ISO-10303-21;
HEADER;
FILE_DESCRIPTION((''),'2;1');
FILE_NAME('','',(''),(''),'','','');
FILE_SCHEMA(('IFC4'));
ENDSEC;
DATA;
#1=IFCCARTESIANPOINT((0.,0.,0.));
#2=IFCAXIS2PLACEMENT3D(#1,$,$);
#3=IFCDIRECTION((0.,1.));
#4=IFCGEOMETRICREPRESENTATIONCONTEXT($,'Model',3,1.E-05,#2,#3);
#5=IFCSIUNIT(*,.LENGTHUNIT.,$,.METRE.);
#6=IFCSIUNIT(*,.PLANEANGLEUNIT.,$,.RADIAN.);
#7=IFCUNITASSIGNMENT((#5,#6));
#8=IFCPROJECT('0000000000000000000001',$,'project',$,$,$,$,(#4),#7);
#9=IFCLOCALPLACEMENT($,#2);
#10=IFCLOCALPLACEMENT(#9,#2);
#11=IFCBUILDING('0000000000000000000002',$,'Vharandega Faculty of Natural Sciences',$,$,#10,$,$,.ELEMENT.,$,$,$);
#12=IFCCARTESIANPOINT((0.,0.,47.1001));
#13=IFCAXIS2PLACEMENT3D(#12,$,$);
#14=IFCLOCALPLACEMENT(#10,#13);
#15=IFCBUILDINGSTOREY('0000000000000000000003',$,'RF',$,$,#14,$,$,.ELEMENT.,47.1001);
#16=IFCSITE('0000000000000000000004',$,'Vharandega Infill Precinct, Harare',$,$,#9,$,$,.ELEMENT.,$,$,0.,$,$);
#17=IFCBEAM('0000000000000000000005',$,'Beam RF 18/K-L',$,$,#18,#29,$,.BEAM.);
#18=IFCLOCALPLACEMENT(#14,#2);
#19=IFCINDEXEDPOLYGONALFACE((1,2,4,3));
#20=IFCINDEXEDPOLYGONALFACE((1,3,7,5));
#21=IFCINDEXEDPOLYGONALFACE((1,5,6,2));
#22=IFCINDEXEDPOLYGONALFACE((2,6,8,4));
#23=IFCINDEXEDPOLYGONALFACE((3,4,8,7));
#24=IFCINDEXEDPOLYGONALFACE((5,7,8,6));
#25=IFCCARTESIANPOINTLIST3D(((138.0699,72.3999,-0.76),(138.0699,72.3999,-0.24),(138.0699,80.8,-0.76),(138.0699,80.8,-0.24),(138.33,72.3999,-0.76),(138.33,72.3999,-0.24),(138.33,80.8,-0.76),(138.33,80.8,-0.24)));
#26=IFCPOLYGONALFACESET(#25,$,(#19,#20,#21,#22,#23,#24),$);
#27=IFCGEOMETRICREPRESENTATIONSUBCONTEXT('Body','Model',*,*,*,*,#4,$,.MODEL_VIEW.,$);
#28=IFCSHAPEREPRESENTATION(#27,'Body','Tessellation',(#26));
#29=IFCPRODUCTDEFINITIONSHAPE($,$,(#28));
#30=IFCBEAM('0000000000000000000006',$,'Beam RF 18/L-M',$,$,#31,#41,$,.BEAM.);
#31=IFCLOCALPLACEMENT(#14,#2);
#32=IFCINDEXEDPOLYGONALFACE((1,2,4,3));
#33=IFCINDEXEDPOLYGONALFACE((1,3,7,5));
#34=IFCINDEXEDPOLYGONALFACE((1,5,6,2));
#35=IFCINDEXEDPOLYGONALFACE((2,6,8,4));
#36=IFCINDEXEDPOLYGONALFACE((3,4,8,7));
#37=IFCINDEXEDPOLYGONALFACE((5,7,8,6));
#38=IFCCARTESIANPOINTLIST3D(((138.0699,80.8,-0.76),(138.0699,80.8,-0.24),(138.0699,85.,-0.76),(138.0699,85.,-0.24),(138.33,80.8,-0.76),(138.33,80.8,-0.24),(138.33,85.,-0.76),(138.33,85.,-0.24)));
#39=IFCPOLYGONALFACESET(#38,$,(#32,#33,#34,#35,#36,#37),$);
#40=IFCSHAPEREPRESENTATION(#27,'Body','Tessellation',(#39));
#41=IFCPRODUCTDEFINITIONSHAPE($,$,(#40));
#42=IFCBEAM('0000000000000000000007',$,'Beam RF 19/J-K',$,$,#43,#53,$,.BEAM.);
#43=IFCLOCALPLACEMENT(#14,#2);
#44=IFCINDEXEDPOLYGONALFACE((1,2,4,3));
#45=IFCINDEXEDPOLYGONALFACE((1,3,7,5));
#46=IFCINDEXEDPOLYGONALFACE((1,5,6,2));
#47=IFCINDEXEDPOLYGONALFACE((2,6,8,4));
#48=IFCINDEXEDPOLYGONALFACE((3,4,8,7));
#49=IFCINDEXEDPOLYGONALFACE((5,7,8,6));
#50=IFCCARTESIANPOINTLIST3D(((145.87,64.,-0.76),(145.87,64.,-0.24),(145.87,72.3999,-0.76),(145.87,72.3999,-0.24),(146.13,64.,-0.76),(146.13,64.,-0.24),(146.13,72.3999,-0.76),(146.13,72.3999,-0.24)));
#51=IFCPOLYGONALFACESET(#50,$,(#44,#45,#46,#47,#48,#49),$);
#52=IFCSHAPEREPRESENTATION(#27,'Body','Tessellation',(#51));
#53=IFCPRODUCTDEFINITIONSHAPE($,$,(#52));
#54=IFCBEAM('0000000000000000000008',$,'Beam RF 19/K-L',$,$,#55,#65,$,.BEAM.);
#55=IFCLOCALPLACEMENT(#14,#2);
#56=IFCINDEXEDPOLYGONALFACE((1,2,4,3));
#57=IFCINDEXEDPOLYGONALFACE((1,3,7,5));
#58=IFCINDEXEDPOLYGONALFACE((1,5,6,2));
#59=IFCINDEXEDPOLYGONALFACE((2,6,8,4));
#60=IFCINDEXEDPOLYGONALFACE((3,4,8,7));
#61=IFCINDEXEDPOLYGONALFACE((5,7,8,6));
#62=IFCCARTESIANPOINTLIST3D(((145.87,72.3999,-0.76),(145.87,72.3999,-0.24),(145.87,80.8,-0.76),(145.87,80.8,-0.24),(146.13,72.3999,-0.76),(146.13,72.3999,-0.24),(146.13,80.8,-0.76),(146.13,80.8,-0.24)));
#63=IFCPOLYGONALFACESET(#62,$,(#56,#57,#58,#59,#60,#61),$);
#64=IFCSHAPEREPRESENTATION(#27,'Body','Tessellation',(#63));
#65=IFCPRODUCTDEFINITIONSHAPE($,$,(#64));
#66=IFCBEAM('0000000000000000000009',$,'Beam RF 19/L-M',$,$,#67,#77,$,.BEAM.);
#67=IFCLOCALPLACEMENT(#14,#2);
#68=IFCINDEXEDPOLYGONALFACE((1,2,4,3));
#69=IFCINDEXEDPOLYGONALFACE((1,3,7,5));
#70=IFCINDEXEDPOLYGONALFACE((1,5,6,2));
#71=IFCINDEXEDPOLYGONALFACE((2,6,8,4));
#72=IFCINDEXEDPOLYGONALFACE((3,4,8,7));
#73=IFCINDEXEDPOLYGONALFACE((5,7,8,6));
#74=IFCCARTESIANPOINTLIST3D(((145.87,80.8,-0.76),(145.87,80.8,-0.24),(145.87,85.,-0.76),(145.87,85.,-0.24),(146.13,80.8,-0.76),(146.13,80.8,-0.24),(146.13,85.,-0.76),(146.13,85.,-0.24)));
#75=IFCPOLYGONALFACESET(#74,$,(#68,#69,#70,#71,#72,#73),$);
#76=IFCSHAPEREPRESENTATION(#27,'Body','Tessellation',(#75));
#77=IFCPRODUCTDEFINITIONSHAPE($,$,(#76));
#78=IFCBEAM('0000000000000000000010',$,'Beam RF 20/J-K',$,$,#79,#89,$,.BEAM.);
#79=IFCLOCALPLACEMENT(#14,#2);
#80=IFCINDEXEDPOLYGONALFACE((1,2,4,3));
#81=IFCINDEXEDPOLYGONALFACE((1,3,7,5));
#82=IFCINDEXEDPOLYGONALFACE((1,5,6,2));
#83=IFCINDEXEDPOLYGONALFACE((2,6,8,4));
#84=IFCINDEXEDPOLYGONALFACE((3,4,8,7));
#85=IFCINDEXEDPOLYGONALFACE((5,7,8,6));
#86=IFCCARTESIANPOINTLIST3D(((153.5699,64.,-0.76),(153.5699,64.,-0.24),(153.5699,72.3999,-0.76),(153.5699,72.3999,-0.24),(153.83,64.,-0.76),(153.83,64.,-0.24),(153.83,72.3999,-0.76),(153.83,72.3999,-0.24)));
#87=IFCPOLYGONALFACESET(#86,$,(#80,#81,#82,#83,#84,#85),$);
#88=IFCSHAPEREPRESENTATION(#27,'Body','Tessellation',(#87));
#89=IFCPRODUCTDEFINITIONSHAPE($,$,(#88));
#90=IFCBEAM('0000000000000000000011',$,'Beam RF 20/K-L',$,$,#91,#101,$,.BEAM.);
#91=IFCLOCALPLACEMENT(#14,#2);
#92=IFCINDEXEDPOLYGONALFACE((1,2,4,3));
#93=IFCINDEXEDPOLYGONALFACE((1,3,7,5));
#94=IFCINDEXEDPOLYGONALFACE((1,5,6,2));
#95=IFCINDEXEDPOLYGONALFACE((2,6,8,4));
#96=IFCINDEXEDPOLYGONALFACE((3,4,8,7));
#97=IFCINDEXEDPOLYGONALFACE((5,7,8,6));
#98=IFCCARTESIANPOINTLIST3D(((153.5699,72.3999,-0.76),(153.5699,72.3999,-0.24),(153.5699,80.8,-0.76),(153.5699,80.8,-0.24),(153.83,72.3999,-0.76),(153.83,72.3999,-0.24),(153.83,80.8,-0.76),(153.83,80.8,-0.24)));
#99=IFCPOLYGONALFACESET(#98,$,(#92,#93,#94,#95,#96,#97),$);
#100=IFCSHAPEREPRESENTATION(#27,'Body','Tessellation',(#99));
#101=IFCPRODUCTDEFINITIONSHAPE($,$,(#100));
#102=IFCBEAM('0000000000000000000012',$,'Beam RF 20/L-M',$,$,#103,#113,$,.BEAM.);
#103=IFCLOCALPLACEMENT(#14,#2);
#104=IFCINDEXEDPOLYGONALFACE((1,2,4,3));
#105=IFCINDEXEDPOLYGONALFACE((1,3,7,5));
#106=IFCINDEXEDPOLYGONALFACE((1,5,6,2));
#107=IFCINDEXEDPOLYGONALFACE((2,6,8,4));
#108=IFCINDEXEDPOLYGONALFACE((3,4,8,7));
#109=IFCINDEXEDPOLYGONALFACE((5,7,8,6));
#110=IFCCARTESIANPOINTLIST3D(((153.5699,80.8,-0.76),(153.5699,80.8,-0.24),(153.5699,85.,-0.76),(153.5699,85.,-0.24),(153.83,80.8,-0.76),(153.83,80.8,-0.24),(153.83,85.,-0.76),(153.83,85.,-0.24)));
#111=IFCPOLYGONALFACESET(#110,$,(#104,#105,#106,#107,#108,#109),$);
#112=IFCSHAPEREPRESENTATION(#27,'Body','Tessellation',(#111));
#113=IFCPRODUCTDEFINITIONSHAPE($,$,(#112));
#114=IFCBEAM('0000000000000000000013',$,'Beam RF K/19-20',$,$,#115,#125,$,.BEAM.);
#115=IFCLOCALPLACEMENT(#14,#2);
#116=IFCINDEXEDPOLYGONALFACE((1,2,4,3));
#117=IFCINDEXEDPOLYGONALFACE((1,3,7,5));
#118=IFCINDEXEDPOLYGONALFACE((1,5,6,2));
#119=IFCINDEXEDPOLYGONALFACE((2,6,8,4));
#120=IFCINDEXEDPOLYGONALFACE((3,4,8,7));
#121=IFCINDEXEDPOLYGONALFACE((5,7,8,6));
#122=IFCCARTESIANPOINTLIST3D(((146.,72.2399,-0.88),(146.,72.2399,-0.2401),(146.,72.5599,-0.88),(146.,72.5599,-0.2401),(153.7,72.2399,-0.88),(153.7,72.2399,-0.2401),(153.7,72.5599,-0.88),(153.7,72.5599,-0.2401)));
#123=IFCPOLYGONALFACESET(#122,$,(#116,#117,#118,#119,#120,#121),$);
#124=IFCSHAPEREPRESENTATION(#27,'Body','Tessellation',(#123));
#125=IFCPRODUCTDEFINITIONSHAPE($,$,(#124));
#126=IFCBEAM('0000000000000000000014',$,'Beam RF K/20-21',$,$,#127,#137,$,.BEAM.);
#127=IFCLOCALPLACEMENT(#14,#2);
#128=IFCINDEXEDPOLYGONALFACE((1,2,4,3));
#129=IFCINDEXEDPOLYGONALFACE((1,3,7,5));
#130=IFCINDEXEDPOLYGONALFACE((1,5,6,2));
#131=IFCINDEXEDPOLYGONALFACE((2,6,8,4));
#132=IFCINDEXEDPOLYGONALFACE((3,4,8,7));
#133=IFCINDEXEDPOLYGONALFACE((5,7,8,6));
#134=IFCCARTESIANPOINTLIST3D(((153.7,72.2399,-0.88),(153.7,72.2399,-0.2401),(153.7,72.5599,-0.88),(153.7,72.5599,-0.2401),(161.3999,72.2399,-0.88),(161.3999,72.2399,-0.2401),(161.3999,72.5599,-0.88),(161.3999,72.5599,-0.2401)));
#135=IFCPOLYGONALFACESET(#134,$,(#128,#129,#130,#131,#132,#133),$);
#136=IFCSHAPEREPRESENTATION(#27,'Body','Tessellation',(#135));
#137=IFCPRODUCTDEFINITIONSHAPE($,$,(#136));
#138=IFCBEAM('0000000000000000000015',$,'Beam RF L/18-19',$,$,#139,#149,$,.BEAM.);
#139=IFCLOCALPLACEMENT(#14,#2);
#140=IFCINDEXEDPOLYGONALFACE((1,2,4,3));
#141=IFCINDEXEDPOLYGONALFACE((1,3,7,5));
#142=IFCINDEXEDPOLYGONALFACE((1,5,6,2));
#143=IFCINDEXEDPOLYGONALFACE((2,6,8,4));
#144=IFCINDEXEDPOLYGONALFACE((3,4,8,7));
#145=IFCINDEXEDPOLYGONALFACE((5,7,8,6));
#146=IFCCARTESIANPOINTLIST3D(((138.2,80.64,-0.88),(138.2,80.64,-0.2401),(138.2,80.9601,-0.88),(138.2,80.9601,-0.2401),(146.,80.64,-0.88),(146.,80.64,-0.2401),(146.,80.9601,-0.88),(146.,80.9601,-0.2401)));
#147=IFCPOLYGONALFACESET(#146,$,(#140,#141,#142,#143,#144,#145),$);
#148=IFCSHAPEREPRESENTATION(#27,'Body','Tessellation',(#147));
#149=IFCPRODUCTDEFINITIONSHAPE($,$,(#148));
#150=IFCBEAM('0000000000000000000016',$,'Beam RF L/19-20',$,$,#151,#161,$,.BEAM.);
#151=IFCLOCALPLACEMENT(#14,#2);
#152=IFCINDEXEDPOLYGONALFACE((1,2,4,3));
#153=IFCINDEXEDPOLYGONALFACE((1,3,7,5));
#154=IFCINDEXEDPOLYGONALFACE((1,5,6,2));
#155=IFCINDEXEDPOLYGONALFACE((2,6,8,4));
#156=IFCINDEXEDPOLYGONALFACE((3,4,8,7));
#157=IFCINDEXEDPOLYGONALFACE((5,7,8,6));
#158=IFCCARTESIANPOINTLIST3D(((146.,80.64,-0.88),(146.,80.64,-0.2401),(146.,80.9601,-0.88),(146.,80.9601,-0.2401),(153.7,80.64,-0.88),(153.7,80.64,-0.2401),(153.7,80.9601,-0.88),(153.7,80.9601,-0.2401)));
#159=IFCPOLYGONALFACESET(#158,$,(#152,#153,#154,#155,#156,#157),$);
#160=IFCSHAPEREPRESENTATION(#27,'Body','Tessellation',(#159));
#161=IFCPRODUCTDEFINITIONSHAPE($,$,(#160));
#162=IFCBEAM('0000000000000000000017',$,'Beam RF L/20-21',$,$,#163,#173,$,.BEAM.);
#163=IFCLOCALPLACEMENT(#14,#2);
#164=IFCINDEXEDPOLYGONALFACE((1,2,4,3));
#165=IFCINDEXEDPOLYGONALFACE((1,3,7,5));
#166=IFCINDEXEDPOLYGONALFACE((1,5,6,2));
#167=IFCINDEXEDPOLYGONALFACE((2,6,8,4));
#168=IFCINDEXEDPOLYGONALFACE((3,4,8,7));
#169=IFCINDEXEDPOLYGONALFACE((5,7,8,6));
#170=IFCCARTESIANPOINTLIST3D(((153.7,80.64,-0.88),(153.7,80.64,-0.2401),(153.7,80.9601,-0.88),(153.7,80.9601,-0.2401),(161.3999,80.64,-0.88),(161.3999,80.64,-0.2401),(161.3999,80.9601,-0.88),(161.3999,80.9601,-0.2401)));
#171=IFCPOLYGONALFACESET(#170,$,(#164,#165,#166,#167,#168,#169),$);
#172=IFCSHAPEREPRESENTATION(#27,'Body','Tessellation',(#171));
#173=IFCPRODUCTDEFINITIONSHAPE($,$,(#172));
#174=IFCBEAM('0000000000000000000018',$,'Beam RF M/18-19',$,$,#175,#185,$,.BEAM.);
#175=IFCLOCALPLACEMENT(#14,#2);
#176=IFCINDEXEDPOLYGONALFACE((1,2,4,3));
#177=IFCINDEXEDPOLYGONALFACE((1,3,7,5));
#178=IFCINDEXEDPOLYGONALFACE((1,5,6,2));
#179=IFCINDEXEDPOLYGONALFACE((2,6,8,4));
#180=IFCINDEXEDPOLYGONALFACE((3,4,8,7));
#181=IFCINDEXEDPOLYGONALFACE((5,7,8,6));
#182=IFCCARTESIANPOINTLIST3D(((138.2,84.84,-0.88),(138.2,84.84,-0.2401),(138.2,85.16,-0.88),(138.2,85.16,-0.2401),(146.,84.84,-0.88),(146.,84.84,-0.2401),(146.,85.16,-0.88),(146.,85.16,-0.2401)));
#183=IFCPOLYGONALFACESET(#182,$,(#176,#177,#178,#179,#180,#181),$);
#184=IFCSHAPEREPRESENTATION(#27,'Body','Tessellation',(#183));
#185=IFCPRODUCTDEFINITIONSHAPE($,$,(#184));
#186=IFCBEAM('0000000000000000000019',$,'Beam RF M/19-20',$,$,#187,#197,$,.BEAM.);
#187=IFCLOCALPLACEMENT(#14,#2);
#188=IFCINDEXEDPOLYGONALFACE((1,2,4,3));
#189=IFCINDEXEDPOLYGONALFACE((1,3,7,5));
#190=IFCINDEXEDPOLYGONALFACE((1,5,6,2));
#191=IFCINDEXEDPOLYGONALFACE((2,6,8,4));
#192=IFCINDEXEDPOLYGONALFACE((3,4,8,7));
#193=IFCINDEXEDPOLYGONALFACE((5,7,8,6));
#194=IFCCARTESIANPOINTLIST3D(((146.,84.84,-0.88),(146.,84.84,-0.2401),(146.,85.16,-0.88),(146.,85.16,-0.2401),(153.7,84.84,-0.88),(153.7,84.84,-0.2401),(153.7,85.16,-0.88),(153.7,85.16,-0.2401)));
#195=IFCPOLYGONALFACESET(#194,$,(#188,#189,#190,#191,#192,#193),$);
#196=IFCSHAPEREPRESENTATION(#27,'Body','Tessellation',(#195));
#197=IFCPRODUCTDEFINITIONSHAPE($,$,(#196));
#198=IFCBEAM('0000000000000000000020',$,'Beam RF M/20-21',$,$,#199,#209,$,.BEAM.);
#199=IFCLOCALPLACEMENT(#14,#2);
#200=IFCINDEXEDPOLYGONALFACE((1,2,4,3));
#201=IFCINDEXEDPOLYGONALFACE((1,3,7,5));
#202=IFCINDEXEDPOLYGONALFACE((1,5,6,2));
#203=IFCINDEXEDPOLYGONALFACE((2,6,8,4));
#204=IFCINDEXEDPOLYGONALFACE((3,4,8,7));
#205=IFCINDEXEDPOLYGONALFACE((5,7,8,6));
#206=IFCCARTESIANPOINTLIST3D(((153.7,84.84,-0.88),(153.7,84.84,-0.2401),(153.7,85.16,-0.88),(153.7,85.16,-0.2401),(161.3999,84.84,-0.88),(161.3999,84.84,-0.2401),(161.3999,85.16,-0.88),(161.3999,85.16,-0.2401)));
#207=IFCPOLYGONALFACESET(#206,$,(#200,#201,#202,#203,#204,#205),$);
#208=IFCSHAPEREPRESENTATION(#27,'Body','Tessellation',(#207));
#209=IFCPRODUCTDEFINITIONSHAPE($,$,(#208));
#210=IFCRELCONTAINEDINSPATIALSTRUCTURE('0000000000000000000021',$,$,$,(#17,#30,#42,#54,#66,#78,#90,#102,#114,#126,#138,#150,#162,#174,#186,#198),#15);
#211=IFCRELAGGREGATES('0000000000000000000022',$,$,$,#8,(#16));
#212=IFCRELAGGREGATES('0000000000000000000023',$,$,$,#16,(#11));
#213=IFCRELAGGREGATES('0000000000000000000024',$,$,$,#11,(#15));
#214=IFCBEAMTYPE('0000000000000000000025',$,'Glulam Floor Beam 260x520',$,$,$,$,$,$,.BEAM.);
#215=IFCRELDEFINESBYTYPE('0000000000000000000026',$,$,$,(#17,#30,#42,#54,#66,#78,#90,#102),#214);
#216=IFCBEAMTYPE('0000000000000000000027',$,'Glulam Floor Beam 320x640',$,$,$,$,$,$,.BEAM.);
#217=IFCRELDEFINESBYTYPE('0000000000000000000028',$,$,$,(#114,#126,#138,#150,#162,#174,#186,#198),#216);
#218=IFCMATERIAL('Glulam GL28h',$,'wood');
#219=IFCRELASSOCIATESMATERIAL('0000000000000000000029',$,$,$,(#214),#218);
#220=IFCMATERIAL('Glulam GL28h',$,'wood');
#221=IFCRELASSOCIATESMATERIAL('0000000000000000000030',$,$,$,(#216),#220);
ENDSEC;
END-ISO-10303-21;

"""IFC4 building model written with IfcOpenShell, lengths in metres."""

from ifc_helpers import new_model, si_unit, direction, frame, origin, origin_2d, place, context, subcontext, project, spatial, rectangle, extrude, material, material_profile, profile_set, type_object, element, save


model = new_model("IFC4")

# Units and contexts
model_context = context("Model", 3, precision=1e-05, world=origin(), true_north=direction((0.0, 1.0)))
body_context = subcontext(model_context, "Body", "Model", "MODEL_VIEW")
ifc_project = project(units=[si_unit("LENGTHUNIT", "METRE"), si_unit("PLANEANGLEUNIT", "RADIAN")], contexts=[model_context])

# Site, building, storey
site_placement = place(None, origin())
site = spatial("IfcSite", under=ifc_project, at=site_placement, Name="Vharandega Infill Precinct, Harare", CompositionType="ELEMENT", RefElevation=0.0)
building_placement = place(site_placement, origin())
building = spatial("IfcBuilding", under=site, at=building_placement, Name="Vharandega Faculty of Natural Sciences", CompositionType="ELEMENT")
storey_placement = place(building_placement, frame((0.0, 0.0, 47.1001)))
storey = spatial("IfcBuildingStorey", under=building, at=storey_placement, Name="RF", CompositionType="ELEMENT", Elevation=47.1001)

# Beams
ifc_material_1 = material(Name="Glulam GL28h", Category="wood")
ifc_material_profile_1 = material_profile(ifc_material_1, rectangle(XDim=0.26, YDim=0.52, at=origin_2d()), Name="GL28h 260x520")
ifc_profile_set_1 = profile_set([ifc_material_profile_1], Name="Glulam GL28h")
beam_type_1 = type_object("IfcBeamType", Name="Glulam Floor Beam 260x520", PredefinedType="BEAM", material=ifc_profile_set_1)
beam_1_placement = place(storey_placement, frame((138.2, 72.3999, -0.5), z_axis=(0.0, 1.0, 0.0), x_axis=(-1.0, 0.0, 0.0)))
element("IfcBeam", 1, at=beam_1_placement, inside=storey, type_object=beam_type_1, Name="Beam RF 18/K-L", PredefinedType="BEAM", context=body_context, shape_type="SweptSolid", body=[
    extrude(rectangle(XDim=0.26, YDim=0.52, at=origin_2d()), origin(), (0.0, 0.0, 1.0), 8.4001),
])
beam_2_placement = place(storey_placement, frame((138.2, 80.8, -0.5), z_axis=(0.0, 1.0, 0.0), x_axis=(-1.0, 0.0, 0.0)))
element("IfcBeam", 2, at=beam_2_placement, inside=storey, type_object=beam_type_1, Name="Beam RF 18/L-M", PredefinedType="BEAM", context=body_context, shape_type="SweptSolid", body=[
    extrude(rectangle(XDim=0.26, YDim=0.52, at=origin_2d()), origin(), (0.0, 0.0, 1.0), 4.2),
])
beam_3_placement = place(storey_placement, frame((146.0, 64.0, -0.5), z_axis=(0.0, 1.0, 0.0), x_axis=(-1.0, 0.0, 0.0)))
element("IfcBeam", 3, at=beam_3_placement, inside=storey, type_object=beam_type_1, Name="Beam RF 19/J-K", PredefinedType="BEAM", context=body_context, shape_type="SweptSolid", body=[
    extrude(rectangle(XDim=0.26, YDim=0.52, at=origin_2d()), origin(), (0.0, 0.0, 1.0), 8.3999),
])
beam_4_placement = place(storey_placement, frame((146.0, 72.3999, -0.5), z_axis=(0.0, 1.0, 0.0), x_axis=(-1.0, 0.0, 0.0)))
element("IfcBeam", 4, at=beam_4_placement, inside=storey, type_object=beam_type_1, Name="Beam RF 19/K-L", PredefinedType="BEAM", context=body_context, shape_type="SweptSolid", body=[
    extrude(rectangle(XDim=0.26, YDim=0.52, at=origin_2d()), origin(), (0.0, 0.0, 1.0), 8.4001),
])
beam_5_placement = place(storey_placement, frame((146.0, 80.8, -0.5), z_axis=(0.0, 1.0, 0.0), x_axis=(-1.0, 0.0, 0.0)))
element("IfcBeam", 5, at=beam_5_placement, inside=storey, type_object=beam_type_1, Name="Beam RF 19/L-M", PredefinedType="BEAM", context=body_context, shape_type="SweptSolid", body=[
    extrude(rectangle(XDim=0.26, YDim=0.52, at=origin_2d()), origin(), (0.0, 0.0, 1.0), 4.2),
])
beam_6_placement = place(storey_placement, frame((153.7, 64.0, -0.5), z_axis=(0.0, 1.0, 0.0), x_axis=(-1.0, 0.0, 0.0)))
element("IfcBeam", 6, at=beam_6_placement, inside=storey, type_object=beam_type_1, Name="Beam RF 20/J-K", PredefinedType="BEAM", context=body_context, shape_type="SweptSolid", body=[
    extrude(rectangle(XDim=0.26, YDim=0.52, at=origin_2d()), origin(), (0.0, 0.0, 1.0), 8.3999),
])
beam_7_placement = place(storey_placement, frame((153.7, 72.3999, -0.5), z_axis=(0.0, 1.0, 0.0), x_axis=(-1.0, 0.0, 0.0)))
element("IfcBeam", 7, at=beam_7_placement, inside=storey, type_object=beam_type_1, Name="Beam RF 20/K-L", PredefinedType="BEAM", context=body_context, shape_type="SweptSolid", body=[
    extrude(rectangle(XDim=0.26, YDim=0.52, at=origin_2d()), origin(), (0.0, 0.0, 1.0), 8.4001),
])
beam_8_placement = place(storey_placement, frame((153.7, 80.8, -0.5), z_axis=(0.0, 1.0, 0.0), x_axis=(-1.0, 0.0, 0.0)))
element("IfcBeam", 8, at=beam_8_placement, inside=storey, type_object=beam_type_1, Name="Beam RF 20/L-M", PredefinedType="BEAM", context=body_context, shape_type="SweptSolid", body=[
    extrude(rectangle(XDim=0.26, YDim=0.52, at=origin_2d()), origin(), (0.0, 0.0, 1.0), 4.2),
])
ifc_material_2 = material(Name="Glulam GL28h", Category="wood")
ifc_material_profile_2 = material_profile(ifc_material_2, rectangle(XDim=0.3201, YDim=0.6399, at=origin_2d()), Name="GL28h 320x640")
ifc_profile_set_2 = profile_set([ifc_material_profile_2], Name="Glulam GL28h")
beam_type_2 = type_object("IfcBeamType", Name="Glulam Floor Beam 320x640", PredefinedType="BEAM", material=ifc_profile_set_2)
for number, where, z_axis, x_axis, name in (
    (9, (146.0, 72.3999, -0.5601), (1.0, 0.0, 0.0), (0.0, 1.0, 0.0), "Beam RF K/19-20"),
    (10, (153.7, 72.3999, -0.5601), (1.0, 0.0, 0.0), (0.0, 1.0, 0.0), "Beam RF K/20-21"),
):
    element("IfcBeam", number, at=place(storey_placement, frame(where, z_axis=z_axis, x_axis=x_axis)), inside=storey, type_object=beam_type_2, Name=name, PredefinedType="BEAM", context=body_context, shape_type="SweptSolid", body=[
        extrude(rectangle(XDim=0.3201, YDim=0.6399, at=origin_2d()), origin(), (0.0, 0.0, 1.0), 7.7),
    ])
beam_9_placement = place(storey_placement, frame((138.2, 80.8, -0.5601), z_axis=(1.0, 0.0, 0.0), x_axis=(0.0, 1.0, 0.0)))
element("IfcBeam", 11, at=beam_9_placement, inside=storey, type_object=beam_type_2, Name="Beam RF L/18-19", PredefinedType="BEAM", context=body_context, shape_type="SweptSolid", body=[
    extrude(rectangle(XDim=0.3201, YDim=0.6399, at=origin_2d()), origin(), (0.0, 0.0, 1.0), 7.8),
])
for number, where, z_axis, x_axis, name in (
    (12, (146.0, 80.8, -0.5601), (1.0, 0.0, 0.0), (0.0, 1.0, 0.0), "Beam RF L/19-20"),
    (13, (153.7, 80.8, -0.5601), (1.0, 0.0, 0.0), (0.0, 1.0, 0.0), "Beam RF L/20-21"),
):
    element("IfcBeam", number, at=place(storey_placement, frame(where, z_axis=z_axis, x_axis=x_axis)), inside=storey, type_object=beam_type_2, Name=name, PredefinedType="BEAM", context=body_context, shape_type="SweptSolid", body=[
        extrude(rectangle(XDim=0.3201, YDim=0.6399, at=origin_2d()), origin(), (0.0, 0.0, 1.0), 7.7),
    ])
beam_10_placement = place(storey_placement, frame((138.2, 85.0, -0.5601), z_axis=(1.0, 0.0, 0.0), x_axis=(0.0, 1.0, 0.0)))
element("IfcBeam", 14, at=beam_10_placement, inside=storey, type_object=beam_type_2, Name="Beam RF M/18-19", PredefinedType="BEAM", context=body_context, shape_type="SweptSolid", body=[
    extrude(rectangle(XDim=0.3201, YDim=0.6399, at=origin_2d()), origin(), (0.0, 0.0, 1.0), 7.8),
])
for number, where, z_axis, x_axis, name in (
    (15, (146.0, 85.0, -0.5601), (1.0, 0.0, 0.0), (0.0, 1.0, 0.0), "Beam RF M/19-20"),
    (16, (153.7, 85.0, -0.5601), (1.0, 0.0, 0.0), (0.0, 1.0, 0.0), "Beam RF M/20-21"),
):
    element("IfcBeam", number, at=place(storey_placement, frame(where, z_axis=z_axis, x_axis=x_axis)), inside=storey, type_object=beam_type_2, Name=name, PredefinedType="BEAM", context=body_context, shape_type="SweptSolid", body=[
        extrude(rectangle(XDim=0.3201, YDim=0.6399, at=origin_2d()), origin(), (0.0, 0.0, 1.0), 7.7),
    ])

save(model, "model.ifc")
